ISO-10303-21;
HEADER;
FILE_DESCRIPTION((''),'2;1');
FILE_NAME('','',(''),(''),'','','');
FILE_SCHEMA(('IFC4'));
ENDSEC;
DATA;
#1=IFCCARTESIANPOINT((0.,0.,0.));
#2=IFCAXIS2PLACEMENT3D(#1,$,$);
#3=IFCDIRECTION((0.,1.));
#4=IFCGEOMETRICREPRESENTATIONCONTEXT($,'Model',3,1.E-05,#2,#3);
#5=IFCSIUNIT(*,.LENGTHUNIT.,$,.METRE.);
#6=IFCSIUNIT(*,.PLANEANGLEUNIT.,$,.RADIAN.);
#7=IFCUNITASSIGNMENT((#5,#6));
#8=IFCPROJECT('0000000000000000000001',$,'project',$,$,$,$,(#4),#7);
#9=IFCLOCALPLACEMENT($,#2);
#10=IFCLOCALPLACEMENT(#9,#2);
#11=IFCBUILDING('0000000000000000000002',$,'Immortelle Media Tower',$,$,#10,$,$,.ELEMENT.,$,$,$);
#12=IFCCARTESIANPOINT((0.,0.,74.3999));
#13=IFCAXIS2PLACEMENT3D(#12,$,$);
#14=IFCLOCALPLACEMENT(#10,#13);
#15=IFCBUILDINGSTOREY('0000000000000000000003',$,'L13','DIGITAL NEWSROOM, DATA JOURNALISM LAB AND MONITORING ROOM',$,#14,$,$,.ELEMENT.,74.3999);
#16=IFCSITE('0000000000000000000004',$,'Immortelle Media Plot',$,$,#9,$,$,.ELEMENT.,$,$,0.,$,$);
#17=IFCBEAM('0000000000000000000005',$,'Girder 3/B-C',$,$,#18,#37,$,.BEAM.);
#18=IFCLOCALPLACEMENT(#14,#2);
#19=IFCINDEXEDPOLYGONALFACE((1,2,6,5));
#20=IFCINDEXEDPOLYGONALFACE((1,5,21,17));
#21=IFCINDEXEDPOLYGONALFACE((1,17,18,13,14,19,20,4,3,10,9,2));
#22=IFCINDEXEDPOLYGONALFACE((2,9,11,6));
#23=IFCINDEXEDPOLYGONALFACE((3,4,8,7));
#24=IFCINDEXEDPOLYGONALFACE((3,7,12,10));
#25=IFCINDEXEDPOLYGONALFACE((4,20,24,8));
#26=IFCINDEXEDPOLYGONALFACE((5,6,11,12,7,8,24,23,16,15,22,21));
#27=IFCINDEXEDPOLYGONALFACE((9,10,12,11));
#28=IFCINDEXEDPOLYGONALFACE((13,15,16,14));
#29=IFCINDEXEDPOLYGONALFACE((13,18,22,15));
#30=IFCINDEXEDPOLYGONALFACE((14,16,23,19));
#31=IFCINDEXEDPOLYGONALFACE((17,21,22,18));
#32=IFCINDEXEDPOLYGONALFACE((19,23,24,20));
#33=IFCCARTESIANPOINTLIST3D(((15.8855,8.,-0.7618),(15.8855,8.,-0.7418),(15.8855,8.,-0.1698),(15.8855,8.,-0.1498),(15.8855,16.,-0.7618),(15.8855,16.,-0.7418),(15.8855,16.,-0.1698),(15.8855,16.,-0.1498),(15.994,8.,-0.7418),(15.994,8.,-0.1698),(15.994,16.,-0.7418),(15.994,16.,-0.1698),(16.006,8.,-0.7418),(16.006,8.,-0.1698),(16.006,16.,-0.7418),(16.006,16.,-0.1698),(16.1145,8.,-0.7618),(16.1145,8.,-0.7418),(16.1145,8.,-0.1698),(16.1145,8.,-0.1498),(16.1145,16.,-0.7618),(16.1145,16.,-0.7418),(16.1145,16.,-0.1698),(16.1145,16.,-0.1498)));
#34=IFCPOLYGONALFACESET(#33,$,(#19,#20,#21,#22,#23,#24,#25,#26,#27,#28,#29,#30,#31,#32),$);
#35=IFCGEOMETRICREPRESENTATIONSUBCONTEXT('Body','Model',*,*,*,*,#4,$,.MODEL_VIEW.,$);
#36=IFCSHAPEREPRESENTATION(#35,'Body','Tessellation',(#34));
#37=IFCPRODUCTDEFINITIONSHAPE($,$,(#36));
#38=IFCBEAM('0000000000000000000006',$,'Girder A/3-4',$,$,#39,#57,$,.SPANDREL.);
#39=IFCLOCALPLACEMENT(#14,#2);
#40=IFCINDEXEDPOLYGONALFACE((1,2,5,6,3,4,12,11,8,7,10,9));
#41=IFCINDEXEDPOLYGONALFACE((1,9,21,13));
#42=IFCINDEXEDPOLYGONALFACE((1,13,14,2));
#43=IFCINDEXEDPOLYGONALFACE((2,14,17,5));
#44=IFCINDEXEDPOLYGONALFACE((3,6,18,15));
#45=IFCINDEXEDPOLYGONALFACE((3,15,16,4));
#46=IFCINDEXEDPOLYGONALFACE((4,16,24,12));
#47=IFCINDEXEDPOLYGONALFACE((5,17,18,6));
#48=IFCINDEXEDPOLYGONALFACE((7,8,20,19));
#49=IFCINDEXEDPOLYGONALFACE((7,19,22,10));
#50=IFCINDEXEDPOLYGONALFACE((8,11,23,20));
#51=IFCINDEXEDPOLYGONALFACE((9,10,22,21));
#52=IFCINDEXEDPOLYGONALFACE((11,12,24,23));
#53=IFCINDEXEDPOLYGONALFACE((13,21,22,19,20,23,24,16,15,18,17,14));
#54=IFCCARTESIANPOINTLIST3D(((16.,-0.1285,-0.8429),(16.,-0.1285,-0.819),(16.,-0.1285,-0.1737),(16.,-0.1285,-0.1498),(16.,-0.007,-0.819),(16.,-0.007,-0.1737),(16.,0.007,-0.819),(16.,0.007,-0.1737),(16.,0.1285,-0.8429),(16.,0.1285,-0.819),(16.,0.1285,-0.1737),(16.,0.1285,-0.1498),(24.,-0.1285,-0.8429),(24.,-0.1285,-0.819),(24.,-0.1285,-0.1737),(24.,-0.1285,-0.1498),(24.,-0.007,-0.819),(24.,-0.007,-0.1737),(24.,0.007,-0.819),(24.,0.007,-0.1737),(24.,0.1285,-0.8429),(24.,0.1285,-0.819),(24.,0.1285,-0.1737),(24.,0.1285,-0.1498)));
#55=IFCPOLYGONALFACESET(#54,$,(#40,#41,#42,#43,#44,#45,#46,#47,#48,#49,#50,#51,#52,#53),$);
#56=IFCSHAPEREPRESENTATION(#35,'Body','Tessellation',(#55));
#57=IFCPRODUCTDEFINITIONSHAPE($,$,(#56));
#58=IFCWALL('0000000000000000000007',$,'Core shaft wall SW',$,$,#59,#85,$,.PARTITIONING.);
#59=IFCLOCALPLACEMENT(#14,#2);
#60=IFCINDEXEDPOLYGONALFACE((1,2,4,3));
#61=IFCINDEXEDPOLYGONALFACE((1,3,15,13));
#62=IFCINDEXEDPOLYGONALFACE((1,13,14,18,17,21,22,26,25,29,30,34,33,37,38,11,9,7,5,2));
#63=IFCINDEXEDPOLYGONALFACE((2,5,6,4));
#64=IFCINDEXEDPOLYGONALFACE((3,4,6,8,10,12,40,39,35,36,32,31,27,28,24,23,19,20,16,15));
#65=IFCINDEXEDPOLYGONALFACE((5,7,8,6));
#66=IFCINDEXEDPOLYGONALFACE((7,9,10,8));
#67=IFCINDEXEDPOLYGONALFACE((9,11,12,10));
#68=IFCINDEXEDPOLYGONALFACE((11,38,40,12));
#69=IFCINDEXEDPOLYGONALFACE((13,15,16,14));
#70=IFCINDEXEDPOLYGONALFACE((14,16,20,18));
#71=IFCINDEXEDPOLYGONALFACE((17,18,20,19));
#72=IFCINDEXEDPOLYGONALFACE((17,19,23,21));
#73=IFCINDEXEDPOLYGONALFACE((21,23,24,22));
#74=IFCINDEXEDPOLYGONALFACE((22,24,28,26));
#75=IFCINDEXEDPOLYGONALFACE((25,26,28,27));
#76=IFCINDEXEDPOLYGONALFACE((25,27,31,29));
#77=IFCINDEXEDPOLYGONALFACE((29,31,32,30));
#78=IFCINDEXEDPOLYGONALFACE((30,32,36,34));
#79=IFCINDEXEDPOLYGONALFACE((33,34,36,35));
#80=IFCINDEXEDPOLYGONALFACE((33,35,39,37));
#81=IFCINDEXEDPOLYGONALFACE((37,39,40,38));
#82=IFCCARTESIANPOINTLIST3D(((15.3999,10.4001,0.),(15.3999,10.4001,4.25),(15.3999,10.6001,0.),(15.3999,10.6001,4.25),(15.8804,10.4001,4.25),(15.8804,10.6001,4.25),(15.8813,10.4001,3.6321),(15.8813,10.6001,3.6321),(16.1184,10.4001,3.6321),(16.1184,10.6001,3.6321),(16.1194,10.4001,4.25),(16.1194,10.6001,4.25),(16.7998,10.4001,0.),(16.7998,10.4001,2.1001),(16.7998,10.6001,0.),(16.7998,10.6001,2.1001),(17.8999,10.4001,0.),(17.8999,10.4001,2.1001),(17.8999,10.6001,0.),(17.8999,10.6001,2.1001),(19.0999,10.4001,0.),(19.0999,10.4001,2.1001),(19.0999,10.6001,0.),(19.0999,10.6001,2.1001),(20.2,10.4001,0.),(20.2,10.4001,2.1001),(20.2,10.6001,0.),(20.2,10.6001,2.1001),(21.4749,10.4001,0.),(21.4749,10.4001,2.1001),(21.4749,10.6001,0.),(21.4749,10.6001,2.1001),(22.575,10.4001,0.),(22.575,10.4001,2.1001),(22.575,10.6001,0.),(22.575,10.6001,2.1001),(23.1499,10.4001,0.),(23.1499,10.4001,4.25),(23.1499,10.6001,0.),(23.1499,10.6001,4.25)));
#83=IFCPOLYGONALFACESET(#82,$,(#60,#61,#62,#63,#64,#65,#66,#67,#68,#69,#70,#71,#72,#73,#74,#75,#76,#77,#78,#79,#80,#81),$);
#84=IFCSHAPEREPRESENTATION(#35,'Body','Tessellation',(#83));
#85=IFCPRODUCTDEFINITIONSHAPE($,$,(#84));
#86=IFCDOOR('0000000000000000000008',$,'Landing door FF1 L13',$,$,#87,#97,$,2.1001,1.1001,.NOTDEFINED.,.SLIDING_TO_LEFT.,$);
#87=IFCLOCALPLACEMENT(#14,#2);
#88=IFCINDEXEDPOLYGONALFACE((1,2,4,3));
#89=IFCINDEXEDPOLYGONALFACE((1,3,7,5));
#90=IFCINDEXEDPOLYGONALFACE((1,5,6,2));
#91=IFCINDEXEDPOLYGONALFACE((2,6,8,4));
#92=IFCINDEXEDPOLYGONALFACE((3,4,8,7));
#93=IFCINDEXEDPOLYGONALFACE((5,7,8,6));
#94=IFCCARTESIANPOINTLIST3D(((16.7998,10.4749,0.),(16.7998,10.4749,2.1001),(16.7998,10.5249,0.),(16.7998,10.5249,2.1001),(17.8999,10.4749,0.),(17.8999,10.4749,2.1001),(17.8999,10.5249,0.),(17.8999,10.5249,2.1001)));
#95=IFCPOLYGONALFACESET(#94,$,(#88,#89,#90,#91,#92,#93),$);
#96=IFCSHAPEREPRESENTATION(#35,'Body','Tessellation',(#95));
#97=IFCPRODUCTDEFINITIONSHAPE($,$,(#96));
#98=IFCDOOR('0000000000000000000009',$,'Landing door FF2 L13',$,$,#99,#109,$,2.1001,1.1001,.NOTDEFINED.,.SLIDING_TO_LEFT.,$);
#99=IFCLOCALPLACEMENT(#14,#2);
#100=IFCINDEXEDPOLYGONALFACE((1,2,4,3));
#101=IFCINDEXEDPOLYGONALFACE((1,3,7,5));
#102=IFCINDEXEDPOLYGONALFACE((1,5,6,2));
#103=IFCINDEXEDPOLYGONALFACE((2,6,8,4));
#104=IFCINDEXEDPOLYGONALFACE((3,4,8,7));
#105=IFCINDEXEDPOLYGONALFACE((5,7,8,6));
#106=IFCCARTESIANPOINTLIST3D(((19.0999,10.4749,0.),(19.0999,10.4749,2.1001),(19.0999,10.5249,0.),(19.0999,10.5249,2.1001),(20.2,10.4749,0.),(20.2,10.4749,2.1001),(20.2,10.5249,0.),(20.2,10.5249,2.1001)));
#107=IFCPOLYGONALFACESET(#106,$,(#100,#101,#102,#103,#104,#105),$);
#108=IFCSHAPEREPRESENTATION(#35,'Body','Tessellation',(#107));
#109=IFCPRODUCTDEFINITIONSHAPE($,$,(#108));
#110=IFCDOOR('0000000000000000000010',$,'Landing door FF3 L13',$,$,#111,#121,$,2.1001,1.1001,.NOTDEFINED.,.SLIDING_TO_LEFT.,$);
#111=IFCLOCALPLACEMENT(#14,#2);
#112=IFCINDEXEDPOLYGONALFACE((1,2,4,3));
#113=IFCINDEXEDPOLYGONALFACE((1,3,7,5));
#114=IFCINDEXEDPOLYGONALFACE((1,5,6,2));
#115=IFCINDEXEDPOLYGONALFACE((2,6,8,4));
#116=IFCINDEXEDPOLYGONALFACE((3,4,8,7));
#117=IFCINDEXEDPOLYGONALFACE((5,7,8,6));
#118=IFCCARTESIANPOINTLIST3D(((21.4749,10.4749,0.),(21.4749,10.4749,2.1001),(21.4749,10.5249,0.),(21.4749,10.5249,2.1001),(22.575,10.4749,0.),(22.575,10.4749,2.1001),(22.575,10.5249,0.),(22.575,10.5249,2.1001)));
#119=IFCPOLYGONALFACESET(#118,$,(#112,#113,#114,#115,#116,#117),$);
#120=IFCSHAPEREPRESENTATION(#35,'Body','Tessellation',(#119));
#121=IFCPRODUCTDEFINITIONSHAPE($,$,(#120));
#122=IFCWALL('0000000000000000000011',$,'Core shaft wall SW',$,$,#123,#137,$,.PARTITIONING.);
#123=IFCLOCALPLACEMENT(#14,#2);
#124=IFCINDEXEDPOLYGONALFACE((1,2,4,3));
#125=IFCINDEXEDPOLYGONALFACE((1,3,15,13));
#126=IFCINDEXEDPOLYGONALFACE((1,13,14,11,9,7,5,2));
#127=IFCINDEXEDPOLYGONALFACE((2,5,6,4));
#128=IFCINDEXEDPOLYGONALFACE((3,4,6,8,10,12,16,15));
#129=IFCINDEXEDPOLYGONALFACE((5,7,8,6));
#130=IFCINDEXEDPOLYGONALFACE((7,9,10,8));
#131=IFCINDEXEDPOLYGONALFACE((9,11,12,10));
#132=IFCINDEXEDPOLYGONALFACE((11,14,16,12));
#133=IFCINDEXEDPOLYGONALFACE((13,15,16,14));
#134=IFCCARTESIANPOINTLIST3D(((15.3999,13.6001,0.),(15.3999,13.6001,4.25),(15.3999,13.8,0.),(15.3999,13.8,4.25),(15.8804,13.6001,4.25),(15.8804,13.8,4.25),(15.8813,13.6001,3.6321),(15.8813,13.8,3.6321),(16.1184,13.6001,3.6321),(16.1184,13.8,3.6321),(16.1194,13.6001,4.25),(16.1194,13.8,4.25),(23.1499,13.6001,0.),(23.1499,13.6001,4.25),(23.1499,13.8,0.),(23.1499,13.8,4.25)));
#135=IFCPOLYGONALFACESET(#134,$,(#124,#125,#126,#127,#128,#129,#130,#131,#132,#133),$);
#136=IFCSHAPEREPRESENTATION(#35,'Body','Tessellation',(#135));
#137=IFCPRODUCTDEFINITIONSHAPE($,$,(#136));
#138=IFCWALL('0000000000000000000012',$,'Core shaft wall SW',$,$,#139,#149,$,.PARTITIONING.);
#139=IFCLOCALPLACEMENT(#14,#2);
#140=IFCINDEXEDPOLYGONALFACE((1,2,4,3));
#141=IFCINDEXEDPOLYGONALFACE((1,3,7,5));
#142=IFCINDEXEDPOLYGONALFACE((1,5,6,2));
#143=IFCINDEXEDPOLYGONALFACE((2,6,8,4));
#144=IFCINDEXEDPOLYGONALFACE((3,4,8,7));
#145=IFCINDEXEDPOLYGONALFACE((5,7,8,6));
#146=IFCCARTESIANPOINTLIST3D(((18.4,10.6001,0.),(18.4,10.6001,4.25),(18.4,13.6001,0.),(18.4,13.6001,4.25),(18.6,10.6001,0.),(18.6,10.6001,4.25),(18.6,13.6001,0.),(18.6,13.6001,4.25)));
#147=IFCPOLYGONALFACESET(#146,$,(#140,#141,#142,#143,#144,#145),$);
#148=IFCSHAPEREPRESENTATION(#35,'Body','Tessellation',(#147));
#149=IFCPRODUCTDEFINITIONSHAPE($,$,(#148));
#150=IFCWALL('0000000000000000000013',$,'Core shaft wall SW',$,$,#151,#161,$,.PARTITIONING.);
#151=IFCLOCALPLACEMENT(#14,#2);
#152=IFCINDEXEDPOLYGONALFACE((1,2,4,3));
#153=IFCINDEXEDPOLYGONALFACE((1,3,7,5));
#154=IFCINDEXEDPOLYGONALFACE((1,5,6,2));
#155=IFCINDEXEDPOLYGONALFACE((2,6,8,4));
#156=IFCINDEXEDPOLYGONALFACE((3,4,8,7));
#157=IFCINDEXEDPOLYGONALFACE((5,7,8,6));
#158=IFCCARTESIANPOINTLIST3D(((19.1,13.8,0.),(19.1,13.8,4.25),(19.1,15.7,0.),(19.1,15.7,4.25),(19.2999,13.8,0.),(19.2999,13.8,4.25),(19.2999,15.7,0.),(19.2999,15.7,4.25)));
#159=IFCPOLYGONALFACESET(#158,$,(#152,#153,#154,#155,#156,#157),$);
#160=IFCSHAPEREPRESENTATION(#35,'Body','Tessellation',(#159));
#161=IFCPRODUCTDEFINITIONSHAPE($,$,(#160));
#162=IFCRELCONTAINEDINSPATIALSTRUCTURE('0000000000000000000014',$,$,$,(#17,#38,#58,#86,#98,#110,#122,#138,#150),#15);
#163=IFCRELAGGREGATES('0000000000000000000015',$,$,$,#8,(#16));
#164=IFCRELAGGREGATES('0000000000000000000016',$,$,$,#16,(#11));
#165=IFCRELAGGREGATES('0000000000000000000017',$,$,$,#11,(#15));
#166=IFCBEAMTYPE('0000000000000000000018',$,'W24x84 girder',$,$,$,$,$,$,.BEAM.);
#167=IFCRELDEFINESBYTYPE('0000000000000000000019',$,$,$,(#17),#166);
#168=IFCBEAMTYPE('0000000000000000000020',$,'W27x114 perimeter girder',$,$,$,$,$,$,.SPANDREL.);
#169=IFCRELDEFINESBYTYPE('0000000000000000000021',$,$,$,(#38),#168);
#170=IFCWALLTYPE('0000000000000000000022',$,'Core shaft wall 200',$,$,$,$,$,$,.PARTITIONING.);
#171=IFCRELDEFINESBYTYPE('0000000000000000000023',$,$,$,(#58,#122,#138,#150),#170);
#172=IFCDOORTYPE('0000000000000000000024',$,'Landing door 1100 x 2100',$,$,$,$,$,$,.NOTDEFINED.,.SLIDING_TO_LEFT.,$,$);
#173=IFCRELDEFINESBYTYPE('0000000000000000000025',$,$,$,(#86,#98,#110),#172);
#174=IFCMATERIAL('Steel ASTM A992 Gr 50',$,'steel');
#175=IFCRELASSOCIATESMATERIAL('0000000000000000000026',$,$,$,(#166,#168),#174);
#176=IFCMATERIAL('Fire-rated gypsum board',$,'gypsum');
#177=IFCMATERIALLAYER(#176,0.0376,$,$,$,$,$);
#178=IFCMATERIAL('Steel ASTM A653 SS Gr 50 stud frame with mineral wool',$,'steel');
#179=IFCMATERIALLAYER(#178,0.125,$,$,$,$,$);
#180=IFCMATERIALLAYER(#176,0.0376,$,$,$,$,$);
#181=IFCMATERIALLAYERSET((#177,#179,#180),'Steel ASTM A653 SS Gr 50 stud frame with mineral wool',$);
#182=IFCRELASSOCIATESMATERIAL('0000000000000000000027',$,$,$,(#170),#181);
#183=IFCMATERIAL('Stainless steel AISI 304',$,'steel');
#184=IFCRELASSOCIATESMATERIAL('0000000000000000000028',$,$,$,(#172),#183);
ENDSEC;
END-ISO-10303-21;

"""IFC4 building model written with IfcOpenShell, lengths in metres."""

from ifc_helpers import new_model, si_unit, direction, frame, frame_2d, origin, origin_2d, place, context, subcontext, project, spatial, polyline, rectangle, i_section, outline, extrude, material, layer, layer_set, material_profile, profile_set, type_object, element, fill, save


model = new_model("IFC4")

# Units and contexts
model_context = context("Model", 3, precision=1e-05, world=origin(), true_north=direction((0.0, 1.0)))
body_context = subcontext(model_context, "Body", "Model", "MODEL_VIEW")
ifc_project = project(units=[si_unit("LENGTHUNIT", "METRE"), si_unit("PLANEANGLEUNIT", "RADIAN")], contexts=[model_context])

# Site, building, storey
site_placement = place(None, origin())
site = spatial("IfcSite", under=ifc_project, at=site_placement, Name="Immortelle Media Plot", CompositionType="ELEMENT", RefElevation=0.0)
building_placement = place(site_placement, origin())
building = spatial("IfcBuilding", under=site, at=building_placement, Name="Immortelle Media Tower", CompositionType="ELEMENT")
storey_placement = place(building_placement, frame((0.0, 0.0, 74.3999)))
storey = spatial("IfcBuildingStorey", under=building, at=storey_placement, Name="L13", Description="DIGITAL NEWSROOM, DATA JOURNALISM LAB AND MONITORING ROOM", CompositionType="ELEMENT", Elevation=74.3999)

# Shared definitions
ifc_material_1 = material(Name="Steel ASTM A992 Gr 50", Category="steel")

# Beams
ifc_material_profile_1 = material_profile(ifc_material_1, i_section(OverallWidth=0.229, OverallDepth=0.6121, WebThickness=0.012, FlangeThickness=0.02, at=origin_2d()), Name="W24x84")
ifc_profile_set_1 = profile_set([ifc_material_profile_1], Name="Steel ASTM A992 Gr 50")
beam_type_1 = type_object("IfcBeamType", Name="W24x84 girder", PredefinedType="BEAM", material=ifc_profile_set_1)
for number, where, z_axis, x_axis, name in (
    (1, (16.0, 8.0, -0.4558), (0.0, 1.0, 0.0), (-1.0, 0.0, 0.0), "Girder 3/B-C"),
):
    element("IfcBeam", number, at=place(storey_placement, frame(where, z_axis=z_axis, x_axis=x_axis)), inside=storey, type_object=beam_type_1, Name=name, PredefinedType="BEAM", context=body_context, shape_type="SweptSolid", body=[
        extrude(i_section(OverallWidth=0.229, OverallDepth=0.6121, WebThickness=0.012, FlangeThickness=0.02, at=origin_2d()), origin(), (0.0, 0.0, 1.0), 8.0),
    ])
ifc_material_profile_2 = material_profile(ifc_material_1, i_section(OverallWidth=0.2571, OverallDepth=0.6931, WebThickness=0.0139, FlangeThickness=0.0239, at=origin_2d()), Name="W27x114")
ifc_profile_set_2 = profile_set([ifc_material_profile_2], Name="Steel ASTM A992 Gr 50")
beam_type_2 = type_object("IfcBeamType", Name="W27x114 perimeter girder", PredefinedType="SPANDREL", material=ifc_profile_set_2)
beam_1_placement = place(storey_placement, frame((16.0, 0.0, -0.4963), z_axis=(1.0, 0.0, 0.0), x_axis=(0.0, 1.0, 0.0)))
element("IfcBeam", 2, at=beam_1_placement, inside=storey, type_object=beam_type_2, Name="Girder A/3-4", PredefinedType="SPANDREL", context=body_context, shape_type="SweptSolid", body=[
    extrude(i_section(OverallWidth=0.2571, OverallDepth=0.6931, WebThickness=0.0139, FlangeThickness=0.0239, at=origin_2d()), origin(), (0.0, 0.0, 1.0), 8.0),
])

# Wall, openings, doors
ifc_material_2 = material(Name="Fire-rated gypsum board", Category="gypsum")
ifc_layer_1 = layer(ifc_material_2, 0.0376)
ifc_material_3 = material(Name="Steel ASTM A653 SS Gr 50 stud frame with mineral wool", Category="steel")
ifc_layer_2 = layer(ifc_material_3, 0.125)
ifc_layer_3 = layer(ifc_material_2, 0.0376)
ifc_layer_set_1 = layer_set([ifc_layer_1, ifc_layer_2, ifc_layer_3], Name="Steel ASTM A653 SS Gr 50 stud frame with mineral wool")
wall_type_1 = type_object("IfcWallType", Name="Core shaft wall 200", PredefinedType="PARTITIONING", material=ifc_layer_set_1)
wall_1_placement = place(storey_placement, frame((15.3999, 10.5, 0.0), z_axis=(0.0, 0.0, 1.0), x_axis=(1.0, 0.0, 0.0)))
wall_1 = element("IfcWall", 3, at=wall_1_placement, inside=storey, type_object=wall_type_1, Name="Core shaft wall SW", PredefinedType="PARTITIONING", context=body_context, shape_type="SweptSolid", body=[
    extrude(outline(polyline([(0.0, 0.0), (7.75, 0.0), (7.75, 4.25), (0.7195, 4.25), (0.7185, 3.6321), (0.4814, 3.6321), (0.4805, 4.25), (0.0, 4.25), (0.0, 0.0)])), frame((0.0, 0.1001, 0.0), z_axis=(0.0, -1.0, 0.0), x_axis=(1.0, 0.0, 0.0)), (0.0, 0.0, 1.0), 0.2),
])
opening_1_placement = place(wall_1_placement, frame((1.3999, 0.0, 0.0)))
opening_1 = element("IfcOpeningElement", 4, at=opening_1_placement, cuts=wall_1, PredefinedType="OPENING", context=body_context, shape_type="SweptSolid", body=[
    extrude(rectangle(XDim=1.1001, YDim=2.1001, at=frame_2d((0.55, 1.05))), frame((0.0, 0.1099, 0.0), z_axis=(0.0, -1.0, 0.0), x_axis=(1.0, 0.0, 0.0)), (0.0, 0.0, 1.0), 0.22),
])
opening_2_placement = place(wall_1_placement, frame((3.7, 0.0, 0.0)))
opening_2 = element("IfcOpeningElement", 5, at=opening_2_placement, cuts=wall_1, PredefinedType="OPENING", context=body_context, shape_type="SweptSolid", body=[
    extrude(rectangle(XDim=1.1001, YDim=2.1001, at=frame_2d((0.55, 1.05))), frame((0.0, 0.1099, 0.0), z_axis=(0.0, -1.0, 0.0), x_axis=(1.0, 0.0, 0.0)), (0.0, 0.0, 1.0), 0.22),
])
opening_3_placement = place(wall_1_placement, frame((6.075, 0.0, 0.0)))
opening_3 = element("IfcOpeningElement", 6, at=opening_3_placement, cuts=wall_1, PredefinedType="OPENING", context=body_context, shape_type="SweptSolid", body=[
    extrude(rectangle(XDim=1.1001, YDim=2.1001, at=frame_2d((0.55, 1.05))), frame((0.0, 0.1099, 0.0), z_axis=(0.0, -1.0, 0.0), x_axis=(1.0, 0.0, 0.0)), (0.0, 0.0, 1.0), 0.22),
])
ifc_material_4 = material(Name="Stainless steel AISI 304", Category="steel")
door_type_1 = type_object("IfcDoorType", Name="Landing door 1100 x 2100", OperationType="SLIDING_TO_LEFT", PredefinedType="NOTDEFINED", material=ifc_material_4)
door_1_placement = place(opening_1_placement, origin())
door_1 = element("IfcDoor", 7, at=door_1_placement, inside=storey, type_object=door_type_1, Name="Landing door FF1 L13", OperationType="SLIDING_TO_LEFT", OverallHeight=2.1001, OverallWidth=1.1001, PredefinedType="NOTDEFINED", context=body_context, shape_type="SweptSolid", body=[
    extrude(rectangle(XDim=1.1001, YDim=2.1001, at=frame_2d((0.55, 1.05))), frame((0.0, 0.0249, 0.0), z_axis=(0.0, -1.0, 0.0), x_axis=(1.0, 0.0, 0.0)), (0.0, 0.0, 1.0), 0.05),
])
fill(opening_1, door_1)
door_2_placement = place(opening_2_placement, origin())
door_2 = element("IfcDoor", 8, at=door_2_placement, inside=storey, type_object=door_type_1, Name="Landing door FF2 L13", OperationType="SLIDING_TO_LEFT", OverallHeight=2.1001, OverallWidth=1.1001, PredefinedType="NOTDEFINED", context=body_context, shape_type="SweptSolid", body=[
    extrude(rectangle(XDim=1.1001, YDim=2.1001, at=frame_2d((0.55, 1.05))), frame((0.0, 0.0249, 0.0), z_axis=(0.0, -1.0, 0.0), x_axis=(1.0, 0.0, 0.0)), (0.0, 0.0, 1.0), 0.05),
])
fill(opening_2, door_2)
door_3_placement = place(opening_3_placement, origin())
door_3 = element("IfcDoor", 9, at=door_3_placement, inside=storey, type_object=door_type_1, Name="Landing door FF3 L13", OperationType="SLIDING_TO_LEFT", OverallHeight=2.1001, OverallWidth=1.1001, PredefinedType="NOTDEFINED", context=body_context, shape_type="SweptSolid", body=[
    extrude(rectangle(XDim=1.1001, YDim=2.1001, at=frame_2d((0.55, 1.05))), frame((0.0, 0.0249, 0.0), z_axis=(0.0, -1.0, 0.0), x_axis=(1.0, 0.0, 0.0)), (0.0, 0.0, 1.0), 0.05),
])
fill(opening_3, door_3)

# Walls
wall_2_placement = place(storey_placement, frame((15.3999, 13.7, 0.0), z_axis=(0.0, 0.0, 1.0), x_axis=(1.0, 0.0, 0.0)))
element("IfcWall", 10, at=wall_2_placement, inside=storey, type_object=wall_type_1, Name="Core shaft wall SW", PredefinedType="PARTITIONING", context=body_context, shape_type="SweptSolid", body=[
    extrude(outline(polyline([(0.0, 0.0), (7.75, 0.0), (7.75, 4.25), (0.7195, 4.25), (0.7185, 3.6321), (0.4814, 3.6321), (0.4805, 4.25), (0.0, 4.25), (0.0, 0.0)])), frame((0.0, 0.1001, 0.0), z_axis=(0.0, -1.0, 0.0), x_axis=(1.0, 0.0, 0.0)), (0.0, 0.0, 1.0), 0.2),
])
wall_3_placement = place(storey_placement, frame((18.5, 10.6001, 0.0), z_axis=(0.0, 0.0, 1.0), x_axis=(0.0, 1.0, 0.0)))
element("IfcWall", 11, at=wall_3_placement, inside=storey, type_object=wall_type_1, Name="Core shaft wall SW", PredefinedType="PARTITIONING", context=body_context, shape_type="SweptSolid", body=[
    extrude(rectangle(XDim=3.0, YDim=0.2, at=frame_2d((1.5, 0.0))), origin(), (0.0, 0.0, 1.0), 4.25),
])
wall_4_placement = place(storey_placement, frame((19.2, 13.8, 0.0), z_axis=(0.0, 0.0, 1.0), x_axis=(0.0, 1.0, 0.0)))
element("IfcWall", 12, at=wall_4_placement, inside=storey, type_object=wall_type_1, Name="Core shaft wall SW", PredefinedType="PARTITIONING", context=body_context, shape_type="SweptSolid", body=[
    extrude(rectangle(XDim=1.8999, YDim=0.2, at=frame_2d((0.95, 0.0))), origin(), (0.0, 0.0, 1.0), 4.25),
])

save(model, "model.ifc")
